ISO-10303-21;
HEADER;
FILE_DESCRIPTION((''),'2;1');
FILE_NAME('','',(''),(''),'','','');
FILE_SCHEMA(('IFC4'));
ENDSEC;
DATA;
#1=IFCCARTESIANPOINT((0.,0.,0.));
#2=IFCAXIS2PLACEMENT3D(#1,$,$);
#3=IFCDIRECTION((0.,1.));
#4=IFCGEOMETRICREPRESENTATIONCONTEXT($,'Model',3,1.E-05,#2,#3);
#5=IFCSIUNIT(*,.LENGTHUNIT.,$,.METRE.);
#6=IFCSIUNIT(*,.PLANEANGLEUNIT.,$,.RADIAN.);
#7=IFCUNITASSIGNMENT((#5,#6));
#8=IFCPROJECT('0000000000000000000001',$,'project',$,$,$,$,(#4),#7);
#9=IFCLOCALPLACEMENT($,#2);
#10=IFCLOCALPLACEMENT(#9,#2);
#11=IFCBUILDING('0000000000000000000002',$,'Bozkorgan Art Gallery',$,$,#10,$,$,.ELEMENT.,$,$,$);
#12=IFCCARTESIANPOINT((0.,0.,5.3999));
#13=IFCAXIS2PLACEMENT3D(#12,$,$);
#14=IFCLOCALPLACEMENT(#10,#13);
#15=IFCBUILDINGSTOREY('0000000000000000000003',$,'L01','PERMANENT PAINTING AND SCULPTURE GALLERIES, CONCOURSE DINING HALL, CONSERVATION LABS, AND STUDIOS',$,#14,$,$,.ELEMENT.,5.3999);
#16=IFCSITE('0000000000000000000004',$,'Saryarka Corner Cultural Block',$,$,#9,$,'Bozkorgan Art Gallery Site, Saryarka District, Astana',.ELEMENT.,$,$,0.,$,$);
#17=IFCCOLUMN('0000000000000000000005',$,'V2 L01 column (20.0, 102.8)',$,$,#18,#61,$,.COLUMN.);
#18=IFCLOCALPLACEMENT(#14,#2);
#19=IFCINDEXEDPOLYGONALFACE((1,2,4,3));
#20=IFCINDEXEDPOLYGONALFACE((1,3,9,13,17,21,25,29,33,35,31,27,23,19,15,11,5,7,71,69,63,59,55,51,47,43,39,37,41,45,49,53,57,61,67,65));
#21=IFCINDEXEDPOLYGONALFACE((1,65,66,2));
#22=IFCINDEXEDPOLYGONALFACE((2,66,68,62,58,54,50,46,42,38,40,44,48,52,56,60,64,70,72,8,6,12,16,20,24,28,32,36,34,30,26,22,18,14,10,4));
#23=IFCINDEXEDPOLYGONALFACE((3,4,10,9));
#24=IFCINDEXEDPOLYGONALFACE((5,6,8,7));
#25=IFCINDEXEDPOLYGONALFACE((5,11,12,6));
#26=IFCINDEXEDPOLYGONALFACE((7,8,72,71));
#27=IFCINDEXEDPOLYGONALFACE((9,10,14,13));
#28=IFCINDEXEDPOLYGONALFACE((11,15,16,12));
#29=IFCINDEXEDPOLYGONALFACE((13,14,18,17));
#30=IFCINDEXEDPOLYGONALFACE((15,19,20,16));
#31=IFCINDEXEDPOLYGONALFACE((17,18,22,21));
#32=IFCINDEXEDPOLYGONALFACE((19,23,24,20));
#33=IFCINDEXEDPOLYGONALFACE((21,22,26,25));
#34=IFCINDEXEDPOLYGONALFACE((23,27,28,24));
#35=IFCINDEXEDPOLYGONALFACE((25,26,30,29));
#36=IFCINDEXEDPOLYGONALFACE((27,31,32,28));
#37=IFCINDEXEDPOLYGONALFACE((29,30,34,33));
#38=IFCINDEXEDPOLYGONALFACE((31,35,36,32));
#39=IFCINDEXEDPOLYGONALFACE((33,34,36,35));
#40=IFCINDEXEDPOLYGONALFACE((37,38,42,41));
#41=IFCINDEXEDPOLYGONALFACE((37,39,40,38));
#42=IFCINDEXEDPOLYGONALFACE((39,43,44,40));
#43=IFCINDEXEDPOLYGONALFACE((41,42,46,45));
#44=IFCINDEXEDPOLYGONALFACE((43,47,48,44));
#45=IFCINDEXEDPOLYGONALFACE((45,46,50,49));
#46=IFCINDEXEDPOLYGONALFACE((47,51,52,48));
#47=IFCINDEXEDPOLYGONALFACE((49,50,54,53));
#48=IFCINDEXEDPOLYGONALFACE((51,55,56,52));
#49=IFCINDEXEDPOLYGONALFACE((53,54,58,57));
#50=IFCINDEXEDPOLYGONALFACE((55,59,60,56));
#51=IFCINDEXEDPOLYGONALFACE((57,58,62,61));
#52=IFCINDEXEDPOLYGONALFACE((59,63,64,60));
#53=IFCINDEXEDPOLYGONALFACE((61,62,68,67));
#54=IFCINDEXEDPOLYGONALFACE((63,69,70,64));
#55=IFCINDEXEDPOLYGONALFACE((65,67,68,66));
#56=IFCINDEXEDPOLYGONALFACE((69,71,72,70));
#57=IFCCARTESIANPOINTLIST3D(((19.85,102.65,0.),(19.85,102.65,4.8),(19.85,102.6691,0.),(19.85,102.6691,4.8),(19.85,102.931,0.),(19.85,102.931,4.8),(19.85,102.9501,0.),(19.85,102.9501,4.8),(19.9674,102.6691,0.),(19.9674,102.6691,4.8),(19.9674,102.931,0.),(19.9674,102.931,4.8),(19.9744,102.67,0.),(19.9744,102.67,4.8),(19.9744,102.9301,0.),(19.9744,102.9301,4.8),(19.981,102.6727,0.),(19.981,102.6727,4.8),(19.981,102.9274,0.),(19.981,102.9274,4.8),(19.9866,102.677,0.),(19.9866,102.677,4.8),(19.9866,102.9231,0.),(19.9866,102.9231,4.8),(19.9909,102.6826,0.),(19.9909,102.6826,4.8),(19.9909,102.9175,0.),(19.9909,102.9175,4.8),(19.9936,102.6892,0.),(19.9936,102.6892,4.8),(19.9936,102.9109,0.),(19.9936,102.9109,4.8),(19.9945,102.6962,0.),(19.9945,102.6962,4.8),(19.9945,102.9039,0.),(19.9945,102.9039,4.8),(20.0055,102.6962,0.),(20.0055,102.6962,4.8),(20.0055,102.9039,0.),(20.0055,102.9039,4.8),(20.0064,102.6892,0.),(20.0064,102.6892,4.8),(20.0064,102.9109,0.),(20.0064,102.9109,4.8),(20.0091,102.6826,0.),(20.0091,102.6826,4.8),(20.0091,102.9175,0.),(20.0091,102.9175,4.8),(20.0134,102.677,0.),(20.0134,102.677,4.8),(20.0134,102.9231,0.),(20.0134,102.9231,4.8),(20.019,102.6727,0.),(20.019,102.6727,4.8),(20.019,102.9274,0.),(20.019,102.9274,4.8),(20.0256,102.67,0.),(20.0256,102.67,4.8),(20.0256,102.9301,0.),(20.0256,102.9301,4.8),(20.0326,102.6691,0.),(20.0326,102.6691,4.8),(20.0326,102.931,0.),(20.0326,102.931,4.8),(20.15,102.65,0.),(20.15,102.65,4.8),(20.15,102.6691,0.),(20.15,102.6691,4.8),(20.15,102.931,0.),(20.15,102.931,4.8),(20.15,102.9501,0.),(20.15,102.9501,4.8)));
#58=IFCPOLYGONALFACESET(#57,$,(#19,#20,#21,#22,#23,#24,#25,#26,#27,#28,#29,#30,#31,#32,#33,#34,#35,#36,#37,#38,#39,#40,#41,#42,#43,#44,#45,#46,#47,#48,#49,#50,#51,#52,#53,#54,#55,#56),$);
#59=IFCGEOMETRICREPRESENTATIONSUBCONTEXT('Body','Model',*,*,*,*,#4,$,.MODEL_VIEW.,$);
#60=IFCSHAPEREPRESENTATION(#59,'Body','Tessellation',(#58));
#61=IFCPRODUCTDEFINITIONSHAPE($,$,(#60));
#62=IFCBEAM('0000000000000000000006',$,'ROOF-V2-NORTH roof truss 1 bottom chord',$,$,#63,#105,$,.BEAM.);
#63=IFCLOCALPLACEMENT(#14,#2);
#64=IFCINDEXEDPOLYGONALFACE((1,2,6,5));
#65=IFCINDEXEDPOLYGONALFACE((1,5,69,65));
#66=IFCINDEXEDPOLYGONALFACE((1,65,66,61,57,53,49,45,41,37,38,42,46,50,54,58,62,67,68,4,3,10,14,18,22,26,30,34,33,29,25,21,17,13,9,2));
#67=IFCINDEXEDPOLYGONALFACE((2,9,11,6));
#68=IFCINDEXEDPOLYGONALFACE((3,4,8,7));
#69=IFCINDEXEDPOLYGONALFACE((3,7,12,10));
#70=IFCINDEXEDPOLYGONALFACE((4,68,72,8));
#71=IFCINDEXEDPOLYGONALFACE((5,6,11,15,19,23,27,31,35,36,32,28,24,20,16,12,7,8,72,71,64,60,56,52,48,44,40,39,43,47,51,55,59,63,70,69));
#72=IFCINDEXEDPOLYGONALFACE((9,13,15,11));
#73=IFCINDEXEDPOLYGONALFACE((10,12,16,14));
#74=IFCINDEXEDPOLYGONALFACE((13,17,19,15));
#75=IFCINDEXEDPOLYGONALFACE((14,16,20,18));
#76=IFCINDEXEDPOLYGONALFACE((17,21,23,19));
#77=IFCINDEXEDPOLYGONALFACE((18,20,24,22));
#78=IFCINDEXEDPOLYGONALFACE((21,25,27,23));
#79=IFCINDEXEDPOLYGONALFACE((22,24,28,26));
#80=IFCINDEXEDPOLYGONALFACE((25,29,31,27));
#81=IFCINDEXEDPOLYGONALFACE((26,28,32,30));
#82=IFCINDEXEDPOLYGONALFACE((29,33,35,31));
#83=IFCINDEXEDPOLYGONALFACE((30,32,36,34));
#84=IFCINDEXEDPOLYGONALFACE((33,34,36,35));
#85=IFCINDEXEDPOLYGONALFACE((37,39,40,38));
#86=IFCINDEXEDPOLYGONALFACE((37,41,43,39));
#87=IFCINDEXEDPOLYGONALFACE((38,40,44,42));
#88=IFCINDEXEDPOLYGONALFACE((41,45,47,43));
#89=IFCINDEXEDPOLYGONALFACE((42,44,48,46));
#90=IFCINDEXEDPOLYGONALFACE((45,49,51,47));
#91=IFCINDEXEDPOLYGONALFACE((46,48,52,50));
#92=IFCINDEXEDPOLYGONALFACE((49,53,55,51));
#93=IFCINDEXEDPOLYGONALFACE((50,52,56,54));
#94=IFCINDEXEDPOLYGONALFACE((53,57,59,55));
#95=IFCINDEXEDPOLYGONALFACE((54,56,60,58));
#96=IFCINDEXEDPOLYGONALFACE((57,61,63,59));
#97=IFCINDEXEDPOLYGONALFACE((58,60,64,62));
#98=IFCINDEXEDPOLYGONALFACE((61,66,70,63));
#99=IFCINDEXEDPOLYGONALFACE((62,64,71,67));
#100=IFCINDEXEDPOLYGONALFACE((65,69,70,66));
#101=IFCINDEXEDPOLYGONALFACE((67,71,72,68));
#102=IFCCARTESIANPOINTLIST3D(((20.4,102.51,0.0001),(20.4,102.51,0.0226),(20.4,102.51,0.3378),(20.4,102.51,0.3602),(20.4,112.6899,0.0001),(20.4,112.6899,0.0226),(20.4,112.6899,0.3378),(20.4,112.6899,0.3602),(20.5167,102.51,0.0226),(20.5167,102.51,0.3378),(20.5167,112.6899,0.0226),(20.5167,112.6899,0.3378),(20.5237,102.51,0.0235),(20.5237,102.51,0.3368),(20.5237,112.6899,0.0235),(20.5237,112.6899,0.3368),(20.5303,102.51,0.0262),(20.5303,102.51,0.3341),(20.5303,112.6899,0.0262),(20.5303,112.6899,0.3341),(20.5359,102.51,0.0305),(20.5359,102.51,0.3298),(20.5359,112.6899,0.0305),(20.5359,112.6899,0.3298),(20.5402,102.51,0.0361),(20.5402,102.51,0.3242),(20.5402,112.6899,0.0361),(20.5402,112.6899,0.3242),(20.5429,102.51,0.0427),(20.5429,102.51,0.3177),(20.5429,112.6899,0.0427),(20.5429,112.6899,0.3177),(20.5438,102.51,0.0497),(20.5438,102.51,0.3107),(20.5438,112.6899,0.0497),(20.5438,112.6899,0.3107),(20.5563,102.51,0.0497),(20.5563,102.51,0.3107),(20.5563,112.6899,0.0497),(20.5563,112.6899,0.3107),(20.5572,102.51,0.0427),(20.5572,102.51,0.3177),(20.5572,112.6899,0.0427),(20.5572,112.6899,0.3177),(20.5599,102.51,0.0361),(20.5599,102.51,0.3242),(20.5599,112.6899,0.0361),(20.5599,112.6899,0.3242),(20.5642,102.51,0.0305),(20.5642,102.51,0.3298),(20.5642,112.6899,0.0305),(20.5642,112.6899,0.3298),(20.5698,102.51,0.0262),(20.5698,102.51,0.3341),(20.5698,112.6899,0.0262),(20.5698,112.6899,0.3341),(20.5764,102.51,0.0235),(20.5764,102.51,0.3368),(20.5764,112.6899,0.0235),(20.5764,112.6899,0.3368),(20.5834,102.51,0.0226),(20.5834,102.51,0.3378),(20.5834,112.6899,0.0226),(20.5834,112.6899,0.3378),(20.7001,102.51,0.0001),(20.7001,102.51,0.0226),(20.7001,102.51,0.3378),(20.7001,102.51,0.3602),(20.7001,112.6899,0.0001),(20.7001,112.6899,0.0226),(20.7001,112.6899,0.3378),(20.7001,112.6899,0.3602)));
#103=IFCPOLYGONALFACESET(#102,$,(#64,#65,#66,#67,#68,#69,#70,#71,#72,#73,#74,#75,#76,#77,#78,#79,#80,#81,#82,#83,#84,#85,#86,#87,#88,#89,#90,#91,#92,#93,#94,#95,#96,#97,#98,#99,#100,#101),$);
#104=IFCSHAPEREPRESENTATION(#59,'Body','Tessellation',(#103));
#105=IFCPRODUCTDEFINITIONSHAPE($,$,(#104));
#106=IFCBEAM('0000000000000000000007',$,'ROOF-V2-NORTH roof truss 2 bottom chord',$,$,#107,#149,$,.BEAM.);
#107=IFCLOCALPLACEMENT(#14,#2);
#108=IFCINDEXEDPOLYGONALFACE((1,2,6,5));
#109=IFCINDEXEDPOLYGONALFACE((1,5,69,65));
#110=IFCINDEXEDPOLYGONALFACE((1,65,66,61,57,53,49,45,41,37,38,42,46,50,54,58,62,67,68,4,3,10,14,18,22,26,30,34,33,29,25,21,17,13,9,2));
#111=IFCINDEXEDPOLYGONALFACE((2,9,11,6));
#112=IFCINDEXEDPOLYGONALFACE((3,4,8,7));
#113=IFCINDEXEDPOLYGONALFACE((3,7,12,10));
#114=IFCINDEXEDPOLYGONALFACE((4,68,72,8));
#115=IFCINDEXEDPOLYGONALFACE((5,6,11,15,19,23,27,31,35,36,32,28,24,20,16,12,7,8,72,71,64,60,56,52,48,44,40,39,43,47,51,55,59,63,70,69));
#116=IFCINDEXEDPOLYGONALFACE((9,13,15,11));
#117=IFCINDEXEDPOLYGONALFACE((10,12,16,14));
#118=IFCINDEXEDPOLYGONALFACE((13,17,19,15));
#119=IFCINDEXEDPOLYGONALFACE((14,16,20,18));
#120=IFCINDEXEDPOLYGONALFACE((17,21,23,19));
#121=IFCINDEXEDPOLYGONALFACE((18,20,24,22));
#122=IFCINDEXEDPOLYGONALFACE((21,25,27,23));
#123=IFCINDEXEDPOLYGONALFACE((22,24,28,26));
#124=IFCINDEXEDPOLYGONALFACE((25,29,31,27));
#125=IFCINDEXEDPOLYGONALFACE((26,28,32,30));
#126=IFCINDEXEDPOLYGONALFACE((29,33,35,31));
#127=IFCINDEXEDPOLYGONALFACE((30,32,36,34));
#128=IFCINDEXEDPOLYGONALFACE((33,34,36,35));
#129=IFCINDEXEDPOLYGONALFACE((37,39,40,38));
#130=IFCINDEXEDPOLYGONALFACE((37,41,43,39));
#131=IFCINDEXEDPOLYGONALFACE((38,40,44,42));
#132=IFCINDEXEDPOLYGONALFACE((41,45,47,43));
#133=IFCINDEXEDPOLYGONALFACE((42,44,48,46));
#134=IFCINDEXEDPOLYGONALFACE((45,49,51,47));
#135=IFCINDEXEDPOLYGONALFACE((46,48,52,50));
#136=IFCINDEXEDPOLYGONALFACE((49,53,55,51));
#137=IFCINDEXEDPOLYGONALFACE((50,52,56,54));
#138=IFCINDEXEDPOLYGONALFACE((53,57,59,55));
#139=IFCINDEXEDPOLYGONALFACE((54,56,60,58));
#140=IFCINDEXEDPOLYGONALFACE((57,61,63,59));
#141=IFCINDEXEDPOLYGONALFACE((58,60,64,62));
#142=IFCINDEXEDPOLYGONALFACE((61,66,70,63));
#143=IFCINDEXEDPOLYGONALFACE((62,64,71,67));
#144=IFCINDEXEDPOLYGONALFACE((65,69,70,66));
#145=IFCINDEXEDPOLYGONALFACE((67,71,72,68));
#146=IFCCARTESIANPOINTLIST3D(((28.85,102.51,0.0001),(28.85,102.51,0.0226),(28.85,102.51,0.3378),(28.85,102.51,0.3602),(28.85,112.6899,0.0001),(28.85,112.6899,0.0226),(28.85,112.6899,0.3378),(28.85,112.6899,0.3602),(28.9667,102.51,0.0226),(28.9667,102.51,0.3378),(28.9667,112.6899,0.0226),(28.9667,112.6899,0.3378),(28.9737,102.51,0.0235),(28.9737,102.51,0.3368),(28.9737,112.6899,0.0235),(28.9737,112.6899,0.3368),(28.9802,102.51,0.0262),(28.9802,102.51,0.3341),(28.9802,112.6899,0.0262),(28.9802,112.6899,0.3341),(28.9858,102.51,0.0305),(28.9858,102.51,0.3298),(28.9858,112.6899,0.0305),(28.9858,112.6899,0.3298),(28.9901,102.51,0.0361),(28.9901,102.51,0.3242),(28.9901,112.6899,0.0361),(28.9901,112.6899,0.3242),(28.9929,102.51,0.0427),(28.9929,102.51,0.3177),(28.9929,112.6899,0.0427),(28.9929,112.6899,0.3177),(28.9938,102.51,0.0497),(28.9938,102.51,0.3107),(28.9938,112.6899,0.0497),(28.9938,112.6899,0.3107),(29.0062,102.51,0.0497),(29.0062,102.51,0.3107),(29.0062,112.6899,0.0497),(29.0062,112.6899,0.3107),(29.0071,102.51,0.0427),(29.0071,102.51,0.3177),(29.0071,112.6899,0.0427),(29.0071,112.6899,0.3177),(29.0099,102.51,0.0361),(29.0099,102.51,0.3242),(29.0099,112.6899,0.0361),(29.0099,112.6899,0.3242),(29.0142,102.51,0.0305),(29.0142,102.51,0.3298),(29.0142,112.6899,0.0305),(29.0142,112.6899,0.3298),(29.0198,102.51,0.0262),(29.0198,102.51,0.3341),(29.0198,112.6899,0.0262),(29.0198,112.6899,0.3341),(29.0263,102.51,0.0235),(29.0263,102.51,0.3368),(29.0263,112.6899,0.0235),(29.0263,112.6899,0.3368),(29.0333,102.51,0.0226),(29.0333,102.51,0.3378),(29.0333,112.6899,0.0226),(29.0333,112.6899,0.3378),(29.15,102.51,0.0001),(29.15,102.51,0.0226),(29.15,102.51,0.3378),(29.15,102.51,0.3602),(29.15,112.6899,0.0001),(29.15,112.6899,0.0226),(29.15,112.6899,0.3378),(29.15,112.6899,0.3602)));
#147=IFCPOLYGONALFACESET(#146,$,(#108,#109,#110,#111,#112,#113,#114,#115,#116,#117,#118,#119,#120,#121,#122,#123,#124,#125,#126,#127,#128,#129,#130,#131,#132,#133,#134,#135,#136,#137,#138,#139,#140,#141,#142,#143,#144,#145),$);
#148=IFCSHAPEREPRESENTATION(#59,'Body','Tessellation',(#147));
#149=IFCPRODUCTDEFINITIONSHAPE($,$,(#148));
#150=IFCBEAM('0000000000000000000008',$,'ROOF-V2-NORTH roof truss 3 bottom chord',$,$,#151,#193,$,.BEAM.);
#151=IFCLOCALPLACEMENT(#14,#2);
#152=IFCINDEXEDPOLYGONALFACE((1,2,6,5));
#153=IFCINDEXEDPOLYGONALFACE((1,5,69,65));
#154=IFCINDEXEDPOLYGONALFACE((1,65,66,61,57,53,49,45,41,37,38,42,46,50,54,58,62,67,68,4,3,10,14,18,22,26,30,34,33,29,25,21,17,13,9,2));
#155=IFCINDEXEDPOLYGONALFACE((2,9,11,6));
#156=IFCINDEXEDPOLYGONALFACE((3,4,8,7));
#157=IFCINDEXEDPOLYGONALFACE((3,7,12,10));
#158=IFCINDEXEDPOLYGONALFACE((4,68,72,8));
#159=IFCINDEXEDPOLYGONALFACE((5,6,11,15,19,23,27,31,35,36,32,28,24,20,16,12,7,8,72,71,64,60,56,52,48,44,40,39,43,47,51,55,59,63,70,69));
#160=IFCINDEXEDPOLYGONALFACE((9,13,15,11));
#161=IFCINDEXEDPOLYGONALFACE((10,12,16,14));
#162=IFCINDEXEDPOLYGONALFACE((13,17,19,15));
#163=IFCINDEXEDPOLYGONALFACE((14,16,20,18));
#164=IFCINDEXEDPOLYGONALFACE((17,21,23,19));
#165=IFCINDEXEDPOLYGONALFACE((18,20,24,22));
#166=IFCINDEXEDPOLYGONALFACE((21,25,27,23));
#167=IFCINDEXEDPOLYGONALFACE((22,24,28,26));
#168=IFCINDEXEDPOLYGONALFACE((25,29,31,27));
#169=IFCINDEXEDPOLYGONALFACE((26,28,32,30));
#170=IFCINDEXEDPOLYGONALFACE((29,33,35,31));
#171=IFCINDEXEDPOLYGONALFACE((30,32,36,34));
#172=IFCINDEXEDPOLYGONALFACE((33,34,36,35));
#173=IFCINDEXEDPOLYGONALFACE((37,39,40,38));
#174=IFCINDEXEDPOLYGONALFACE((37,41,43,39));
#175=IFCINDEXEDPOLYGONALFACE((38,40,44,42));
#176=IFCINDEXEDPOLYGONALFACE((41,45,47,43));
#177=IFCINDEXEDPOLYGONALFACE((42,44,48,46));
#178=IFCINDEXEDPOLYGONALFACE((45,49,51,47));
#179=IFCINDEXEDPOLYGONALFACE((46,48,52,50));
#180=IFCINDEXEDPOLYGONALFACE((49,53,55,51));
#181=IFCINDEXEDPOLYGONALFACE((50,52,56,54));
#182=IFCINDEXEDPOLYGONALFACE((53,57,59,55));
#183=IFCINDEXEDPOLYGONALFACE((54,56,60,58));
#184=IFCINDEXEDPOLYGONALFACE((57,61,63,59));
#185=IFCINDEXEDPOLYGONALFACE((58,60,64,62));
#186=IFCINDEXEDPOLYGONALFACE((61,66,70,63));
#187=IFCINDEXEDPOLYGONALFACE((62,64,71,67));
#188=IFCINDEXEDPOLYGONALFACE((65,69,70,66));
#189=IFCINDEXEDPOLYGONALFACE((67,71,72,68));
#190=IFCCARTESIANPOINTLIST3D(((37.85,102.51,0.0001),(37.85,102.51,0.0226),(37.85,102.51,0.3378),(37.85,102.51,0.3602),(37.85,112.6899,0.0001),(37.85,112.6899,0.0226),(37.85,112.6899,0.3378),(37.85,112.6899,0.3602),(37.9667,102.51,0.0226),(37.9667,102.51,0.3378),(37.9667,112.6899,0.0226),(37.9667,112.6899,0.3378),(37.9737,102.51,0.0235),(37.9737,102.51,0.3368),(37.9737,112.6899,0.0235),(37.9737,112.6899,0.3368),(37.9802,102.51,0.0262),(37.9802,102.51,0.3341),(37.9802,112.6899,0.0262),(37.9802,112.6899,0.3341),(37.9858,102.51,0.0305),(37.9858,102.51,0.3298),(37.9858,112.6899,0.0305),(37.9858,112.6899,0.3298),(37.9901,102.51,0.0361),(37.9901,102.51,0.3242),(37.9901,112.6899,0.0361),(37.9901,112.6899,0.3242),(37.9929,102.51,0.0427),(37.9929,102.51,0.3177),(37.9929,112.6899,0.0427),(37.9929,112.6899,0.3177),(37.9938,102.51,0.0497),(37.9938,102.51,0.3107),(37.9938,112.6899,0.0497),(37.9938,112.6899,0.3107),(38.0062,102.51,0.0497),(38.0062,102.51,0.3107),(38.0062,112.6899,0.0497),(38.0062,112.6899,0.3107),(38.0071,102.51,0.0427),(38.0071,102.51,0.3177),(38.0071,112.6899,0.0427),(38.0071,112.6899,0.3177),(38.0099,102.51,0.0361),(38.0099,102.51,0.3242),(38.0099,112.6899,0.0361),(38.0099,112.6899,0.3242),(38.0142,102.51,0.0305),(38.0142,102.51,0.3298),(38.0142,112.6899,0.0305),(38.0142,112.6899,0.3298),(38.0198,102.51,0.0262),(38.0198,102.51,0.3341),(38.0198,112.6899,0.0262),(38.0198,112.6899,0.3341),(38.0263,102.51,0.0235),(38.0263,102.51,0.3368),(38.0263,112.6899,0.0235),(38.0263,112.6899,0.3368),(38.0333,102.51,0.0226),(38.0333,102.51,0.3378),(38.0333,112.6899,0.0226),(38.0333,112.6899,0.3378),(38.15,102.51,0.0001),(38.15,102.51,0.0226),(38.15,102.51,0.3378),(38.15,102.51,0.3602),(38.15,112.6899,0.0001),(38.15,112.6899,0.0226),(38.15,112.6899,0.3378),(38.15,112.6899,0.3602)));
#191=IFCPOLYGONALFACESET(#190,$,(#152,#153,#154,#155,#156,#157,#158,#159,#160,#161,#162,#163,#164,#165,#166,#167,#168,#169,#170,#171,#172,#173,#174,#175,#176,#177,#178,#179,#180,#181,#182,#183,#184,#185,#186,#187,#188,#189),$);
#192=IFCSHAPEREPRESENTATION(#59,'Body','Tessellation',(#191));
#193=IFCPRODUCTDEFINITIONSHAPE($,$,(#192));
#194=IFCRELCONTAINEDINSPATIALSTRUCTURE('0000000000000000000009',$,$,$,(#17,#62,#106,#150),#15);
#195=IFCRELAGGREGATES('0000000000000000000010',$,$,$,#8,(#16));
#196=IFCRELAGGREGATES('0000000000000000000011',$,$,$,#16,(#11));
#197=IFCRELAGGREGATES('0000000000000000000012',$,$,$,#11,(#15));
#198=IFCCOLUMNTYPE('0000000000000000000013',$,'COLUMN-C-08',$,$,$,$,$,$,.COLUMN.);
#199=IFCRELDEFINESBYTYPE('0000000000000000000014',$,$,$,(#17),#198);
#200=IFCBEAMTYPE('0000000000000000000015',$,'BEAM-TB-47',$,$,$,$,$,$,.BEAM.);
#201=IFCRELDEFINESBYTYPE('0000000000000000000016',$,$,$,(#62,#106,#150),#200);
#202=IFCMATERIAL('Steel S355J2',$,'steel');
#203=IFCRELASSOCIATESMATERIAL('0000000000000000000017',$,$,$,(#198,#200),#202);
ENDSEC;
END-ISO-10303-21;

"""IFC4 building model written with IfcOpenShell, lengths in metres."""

from ifc_helpers import new_model, si_unit, direction, frame, origin, origin_2d, place, context, subcontext, project, spatial, i_section, extrude, material, material_profile, profile_set, type_object, element, save


model = new_model("IFC4")

# Units and contexts
model_context = context("Model", 3, precision=1e-05, world=origin(), true_north=direction((0.0, 1.0)))
body_context = subcontext(model_context, "Body", "Model", "MODEL_VIEW")
ifc_project = project(units=[si_unit("LENGTHUNIT", "METRE"), si_unit("PLANEANGLEUNIT", "RADIAN")], contexts=[model_context])

# Site, building, storey
site_placement = place(None, origin())
site = spatial("IfcSite", under=ifc_project, at=site_placement, Name="Saryarka Corner Cultural Block", LongName="Bozkorgan Art Gallery Site, Saryarka District, Astana", CompositionType="ELEMENT", RefElevation=0.0)
building_placement = place(site_placement, origin())
building = spatial("IfcBuilding", under=site, at=building_placement, Name="Bozkorgan Art Gallery", CompositionType="ELEMENT")
storey_placement = place(building_placement, frame((0.0, 0.0, 5.3999)))
storey = spatial("IfcBuildingStorey", under=building, at=storey_placement, Name="L01", Description="PERMANENT PAINTING AND SCULPTURE GALLERIES, CONCOURSE DINING HALL, CONSERVATION LABS, AND STUDIOS", CompositionType="ELEMENT", Elevation=5.3999)

# Column
ifc_material_1 = material(Name="Steel S355J2", Category="steel")
ifc_material_profile_1 = material_profile(ifc_material_1, i_section(OverallWidth=0.3, OverallDepth=0.3, WebThickness=0.011, FlangeThickness=0.019, FilletRadius=0.0271, at=origin_2d()), Name="HEB 300")
ifc_profile_set_1 = profile_set([ifc_material_profile_1], Name="Steel S355J2")
column_type = type_object("IfcColumnType", Name="COLUMN-C-08", PredefinedType="COLUMN", material=ifc_profile_set_1)
column_placement = place(storey_placement, frame((20.0, 102.8, 0.0), z_axis=(0.0, 0.0, 1.0), x_axis=(1.0, 0.0, 0.0)))
element("IfcColumn", 1, at=column_placement, inside=storey, type_object=column_type, Name="V2 L01 column (20.0, 102.8)", PredefinedType="COLUMN", context=body_context, shape_type="SweptSolid", body=[
    extrude(i_section(OverallWidth=0.3, OverallDepth=0.3, WebThickness=0.011, FlangeThickness=0.019, FilletRadius=0.0271, at=origin_2d()), origin(), (0.0, 0.0, 1.0), 4.8),
])

# Beams
ifc_material_profile_2 = material_profile(ifc_material_1, i_section(OverallWidth=0.3, OverallDepth=0.3601, WebThickness=0.0125, FlangeThickness=0.0225, FilletRadius=0.0271, at=origin_2d()), Name="HEB 360")
ifc_profile_set_2 = profile_set([ifc_material_profile_2], Name="Steel S355J2")
beam_type = type_object("IfcBeamType", Name="BEAM-TB-47", PredefinedType="BEAM", material=ifc_profile_set_2)
for number, where, z_axis, x_axis, name in (
    (2, (20.55, 102.51, 0.1802), (0.0, 1.0, 0.0), (-1.0, 0.0, 0.0), "ROOF-V2-NORTH roof truss 1 bottom chord"),
    (3, (29.0, 102.51, 0.1802), (0.0, 1.0, 0.0), (-1.0, 0.0, 0.0), "ROOF-V2-NORTH roof truss 2 bottom chord"),
    (4, (38.0, 102.51, 0.1802), (0.0, 1.0, 0.0), (-1.0, 0.0, 0.0), "ROOF-V2-NORTH roof truss 3 bottom chord"),
):
    element("IfcBeam", number, at=place(storey_placement, frame(where, z_axis=z_axis, x_axis=x_axis)), inside=storey, type_object=beam_type, Name=name, PredefinedType="BEAM", context=body_context, shape_type="SweptSolid", body=[
        extrude(i_section(OverallWidth=0.3, OverallDepth=0.3601, WebThickness=0.0125, FlangeThickness=0.0225, FilletRadius=0.0271, at=origin_2d()), origin(), (0.0, 0.0, 1.0), 10.1799),
    ])

save(model, "model.ifc")
